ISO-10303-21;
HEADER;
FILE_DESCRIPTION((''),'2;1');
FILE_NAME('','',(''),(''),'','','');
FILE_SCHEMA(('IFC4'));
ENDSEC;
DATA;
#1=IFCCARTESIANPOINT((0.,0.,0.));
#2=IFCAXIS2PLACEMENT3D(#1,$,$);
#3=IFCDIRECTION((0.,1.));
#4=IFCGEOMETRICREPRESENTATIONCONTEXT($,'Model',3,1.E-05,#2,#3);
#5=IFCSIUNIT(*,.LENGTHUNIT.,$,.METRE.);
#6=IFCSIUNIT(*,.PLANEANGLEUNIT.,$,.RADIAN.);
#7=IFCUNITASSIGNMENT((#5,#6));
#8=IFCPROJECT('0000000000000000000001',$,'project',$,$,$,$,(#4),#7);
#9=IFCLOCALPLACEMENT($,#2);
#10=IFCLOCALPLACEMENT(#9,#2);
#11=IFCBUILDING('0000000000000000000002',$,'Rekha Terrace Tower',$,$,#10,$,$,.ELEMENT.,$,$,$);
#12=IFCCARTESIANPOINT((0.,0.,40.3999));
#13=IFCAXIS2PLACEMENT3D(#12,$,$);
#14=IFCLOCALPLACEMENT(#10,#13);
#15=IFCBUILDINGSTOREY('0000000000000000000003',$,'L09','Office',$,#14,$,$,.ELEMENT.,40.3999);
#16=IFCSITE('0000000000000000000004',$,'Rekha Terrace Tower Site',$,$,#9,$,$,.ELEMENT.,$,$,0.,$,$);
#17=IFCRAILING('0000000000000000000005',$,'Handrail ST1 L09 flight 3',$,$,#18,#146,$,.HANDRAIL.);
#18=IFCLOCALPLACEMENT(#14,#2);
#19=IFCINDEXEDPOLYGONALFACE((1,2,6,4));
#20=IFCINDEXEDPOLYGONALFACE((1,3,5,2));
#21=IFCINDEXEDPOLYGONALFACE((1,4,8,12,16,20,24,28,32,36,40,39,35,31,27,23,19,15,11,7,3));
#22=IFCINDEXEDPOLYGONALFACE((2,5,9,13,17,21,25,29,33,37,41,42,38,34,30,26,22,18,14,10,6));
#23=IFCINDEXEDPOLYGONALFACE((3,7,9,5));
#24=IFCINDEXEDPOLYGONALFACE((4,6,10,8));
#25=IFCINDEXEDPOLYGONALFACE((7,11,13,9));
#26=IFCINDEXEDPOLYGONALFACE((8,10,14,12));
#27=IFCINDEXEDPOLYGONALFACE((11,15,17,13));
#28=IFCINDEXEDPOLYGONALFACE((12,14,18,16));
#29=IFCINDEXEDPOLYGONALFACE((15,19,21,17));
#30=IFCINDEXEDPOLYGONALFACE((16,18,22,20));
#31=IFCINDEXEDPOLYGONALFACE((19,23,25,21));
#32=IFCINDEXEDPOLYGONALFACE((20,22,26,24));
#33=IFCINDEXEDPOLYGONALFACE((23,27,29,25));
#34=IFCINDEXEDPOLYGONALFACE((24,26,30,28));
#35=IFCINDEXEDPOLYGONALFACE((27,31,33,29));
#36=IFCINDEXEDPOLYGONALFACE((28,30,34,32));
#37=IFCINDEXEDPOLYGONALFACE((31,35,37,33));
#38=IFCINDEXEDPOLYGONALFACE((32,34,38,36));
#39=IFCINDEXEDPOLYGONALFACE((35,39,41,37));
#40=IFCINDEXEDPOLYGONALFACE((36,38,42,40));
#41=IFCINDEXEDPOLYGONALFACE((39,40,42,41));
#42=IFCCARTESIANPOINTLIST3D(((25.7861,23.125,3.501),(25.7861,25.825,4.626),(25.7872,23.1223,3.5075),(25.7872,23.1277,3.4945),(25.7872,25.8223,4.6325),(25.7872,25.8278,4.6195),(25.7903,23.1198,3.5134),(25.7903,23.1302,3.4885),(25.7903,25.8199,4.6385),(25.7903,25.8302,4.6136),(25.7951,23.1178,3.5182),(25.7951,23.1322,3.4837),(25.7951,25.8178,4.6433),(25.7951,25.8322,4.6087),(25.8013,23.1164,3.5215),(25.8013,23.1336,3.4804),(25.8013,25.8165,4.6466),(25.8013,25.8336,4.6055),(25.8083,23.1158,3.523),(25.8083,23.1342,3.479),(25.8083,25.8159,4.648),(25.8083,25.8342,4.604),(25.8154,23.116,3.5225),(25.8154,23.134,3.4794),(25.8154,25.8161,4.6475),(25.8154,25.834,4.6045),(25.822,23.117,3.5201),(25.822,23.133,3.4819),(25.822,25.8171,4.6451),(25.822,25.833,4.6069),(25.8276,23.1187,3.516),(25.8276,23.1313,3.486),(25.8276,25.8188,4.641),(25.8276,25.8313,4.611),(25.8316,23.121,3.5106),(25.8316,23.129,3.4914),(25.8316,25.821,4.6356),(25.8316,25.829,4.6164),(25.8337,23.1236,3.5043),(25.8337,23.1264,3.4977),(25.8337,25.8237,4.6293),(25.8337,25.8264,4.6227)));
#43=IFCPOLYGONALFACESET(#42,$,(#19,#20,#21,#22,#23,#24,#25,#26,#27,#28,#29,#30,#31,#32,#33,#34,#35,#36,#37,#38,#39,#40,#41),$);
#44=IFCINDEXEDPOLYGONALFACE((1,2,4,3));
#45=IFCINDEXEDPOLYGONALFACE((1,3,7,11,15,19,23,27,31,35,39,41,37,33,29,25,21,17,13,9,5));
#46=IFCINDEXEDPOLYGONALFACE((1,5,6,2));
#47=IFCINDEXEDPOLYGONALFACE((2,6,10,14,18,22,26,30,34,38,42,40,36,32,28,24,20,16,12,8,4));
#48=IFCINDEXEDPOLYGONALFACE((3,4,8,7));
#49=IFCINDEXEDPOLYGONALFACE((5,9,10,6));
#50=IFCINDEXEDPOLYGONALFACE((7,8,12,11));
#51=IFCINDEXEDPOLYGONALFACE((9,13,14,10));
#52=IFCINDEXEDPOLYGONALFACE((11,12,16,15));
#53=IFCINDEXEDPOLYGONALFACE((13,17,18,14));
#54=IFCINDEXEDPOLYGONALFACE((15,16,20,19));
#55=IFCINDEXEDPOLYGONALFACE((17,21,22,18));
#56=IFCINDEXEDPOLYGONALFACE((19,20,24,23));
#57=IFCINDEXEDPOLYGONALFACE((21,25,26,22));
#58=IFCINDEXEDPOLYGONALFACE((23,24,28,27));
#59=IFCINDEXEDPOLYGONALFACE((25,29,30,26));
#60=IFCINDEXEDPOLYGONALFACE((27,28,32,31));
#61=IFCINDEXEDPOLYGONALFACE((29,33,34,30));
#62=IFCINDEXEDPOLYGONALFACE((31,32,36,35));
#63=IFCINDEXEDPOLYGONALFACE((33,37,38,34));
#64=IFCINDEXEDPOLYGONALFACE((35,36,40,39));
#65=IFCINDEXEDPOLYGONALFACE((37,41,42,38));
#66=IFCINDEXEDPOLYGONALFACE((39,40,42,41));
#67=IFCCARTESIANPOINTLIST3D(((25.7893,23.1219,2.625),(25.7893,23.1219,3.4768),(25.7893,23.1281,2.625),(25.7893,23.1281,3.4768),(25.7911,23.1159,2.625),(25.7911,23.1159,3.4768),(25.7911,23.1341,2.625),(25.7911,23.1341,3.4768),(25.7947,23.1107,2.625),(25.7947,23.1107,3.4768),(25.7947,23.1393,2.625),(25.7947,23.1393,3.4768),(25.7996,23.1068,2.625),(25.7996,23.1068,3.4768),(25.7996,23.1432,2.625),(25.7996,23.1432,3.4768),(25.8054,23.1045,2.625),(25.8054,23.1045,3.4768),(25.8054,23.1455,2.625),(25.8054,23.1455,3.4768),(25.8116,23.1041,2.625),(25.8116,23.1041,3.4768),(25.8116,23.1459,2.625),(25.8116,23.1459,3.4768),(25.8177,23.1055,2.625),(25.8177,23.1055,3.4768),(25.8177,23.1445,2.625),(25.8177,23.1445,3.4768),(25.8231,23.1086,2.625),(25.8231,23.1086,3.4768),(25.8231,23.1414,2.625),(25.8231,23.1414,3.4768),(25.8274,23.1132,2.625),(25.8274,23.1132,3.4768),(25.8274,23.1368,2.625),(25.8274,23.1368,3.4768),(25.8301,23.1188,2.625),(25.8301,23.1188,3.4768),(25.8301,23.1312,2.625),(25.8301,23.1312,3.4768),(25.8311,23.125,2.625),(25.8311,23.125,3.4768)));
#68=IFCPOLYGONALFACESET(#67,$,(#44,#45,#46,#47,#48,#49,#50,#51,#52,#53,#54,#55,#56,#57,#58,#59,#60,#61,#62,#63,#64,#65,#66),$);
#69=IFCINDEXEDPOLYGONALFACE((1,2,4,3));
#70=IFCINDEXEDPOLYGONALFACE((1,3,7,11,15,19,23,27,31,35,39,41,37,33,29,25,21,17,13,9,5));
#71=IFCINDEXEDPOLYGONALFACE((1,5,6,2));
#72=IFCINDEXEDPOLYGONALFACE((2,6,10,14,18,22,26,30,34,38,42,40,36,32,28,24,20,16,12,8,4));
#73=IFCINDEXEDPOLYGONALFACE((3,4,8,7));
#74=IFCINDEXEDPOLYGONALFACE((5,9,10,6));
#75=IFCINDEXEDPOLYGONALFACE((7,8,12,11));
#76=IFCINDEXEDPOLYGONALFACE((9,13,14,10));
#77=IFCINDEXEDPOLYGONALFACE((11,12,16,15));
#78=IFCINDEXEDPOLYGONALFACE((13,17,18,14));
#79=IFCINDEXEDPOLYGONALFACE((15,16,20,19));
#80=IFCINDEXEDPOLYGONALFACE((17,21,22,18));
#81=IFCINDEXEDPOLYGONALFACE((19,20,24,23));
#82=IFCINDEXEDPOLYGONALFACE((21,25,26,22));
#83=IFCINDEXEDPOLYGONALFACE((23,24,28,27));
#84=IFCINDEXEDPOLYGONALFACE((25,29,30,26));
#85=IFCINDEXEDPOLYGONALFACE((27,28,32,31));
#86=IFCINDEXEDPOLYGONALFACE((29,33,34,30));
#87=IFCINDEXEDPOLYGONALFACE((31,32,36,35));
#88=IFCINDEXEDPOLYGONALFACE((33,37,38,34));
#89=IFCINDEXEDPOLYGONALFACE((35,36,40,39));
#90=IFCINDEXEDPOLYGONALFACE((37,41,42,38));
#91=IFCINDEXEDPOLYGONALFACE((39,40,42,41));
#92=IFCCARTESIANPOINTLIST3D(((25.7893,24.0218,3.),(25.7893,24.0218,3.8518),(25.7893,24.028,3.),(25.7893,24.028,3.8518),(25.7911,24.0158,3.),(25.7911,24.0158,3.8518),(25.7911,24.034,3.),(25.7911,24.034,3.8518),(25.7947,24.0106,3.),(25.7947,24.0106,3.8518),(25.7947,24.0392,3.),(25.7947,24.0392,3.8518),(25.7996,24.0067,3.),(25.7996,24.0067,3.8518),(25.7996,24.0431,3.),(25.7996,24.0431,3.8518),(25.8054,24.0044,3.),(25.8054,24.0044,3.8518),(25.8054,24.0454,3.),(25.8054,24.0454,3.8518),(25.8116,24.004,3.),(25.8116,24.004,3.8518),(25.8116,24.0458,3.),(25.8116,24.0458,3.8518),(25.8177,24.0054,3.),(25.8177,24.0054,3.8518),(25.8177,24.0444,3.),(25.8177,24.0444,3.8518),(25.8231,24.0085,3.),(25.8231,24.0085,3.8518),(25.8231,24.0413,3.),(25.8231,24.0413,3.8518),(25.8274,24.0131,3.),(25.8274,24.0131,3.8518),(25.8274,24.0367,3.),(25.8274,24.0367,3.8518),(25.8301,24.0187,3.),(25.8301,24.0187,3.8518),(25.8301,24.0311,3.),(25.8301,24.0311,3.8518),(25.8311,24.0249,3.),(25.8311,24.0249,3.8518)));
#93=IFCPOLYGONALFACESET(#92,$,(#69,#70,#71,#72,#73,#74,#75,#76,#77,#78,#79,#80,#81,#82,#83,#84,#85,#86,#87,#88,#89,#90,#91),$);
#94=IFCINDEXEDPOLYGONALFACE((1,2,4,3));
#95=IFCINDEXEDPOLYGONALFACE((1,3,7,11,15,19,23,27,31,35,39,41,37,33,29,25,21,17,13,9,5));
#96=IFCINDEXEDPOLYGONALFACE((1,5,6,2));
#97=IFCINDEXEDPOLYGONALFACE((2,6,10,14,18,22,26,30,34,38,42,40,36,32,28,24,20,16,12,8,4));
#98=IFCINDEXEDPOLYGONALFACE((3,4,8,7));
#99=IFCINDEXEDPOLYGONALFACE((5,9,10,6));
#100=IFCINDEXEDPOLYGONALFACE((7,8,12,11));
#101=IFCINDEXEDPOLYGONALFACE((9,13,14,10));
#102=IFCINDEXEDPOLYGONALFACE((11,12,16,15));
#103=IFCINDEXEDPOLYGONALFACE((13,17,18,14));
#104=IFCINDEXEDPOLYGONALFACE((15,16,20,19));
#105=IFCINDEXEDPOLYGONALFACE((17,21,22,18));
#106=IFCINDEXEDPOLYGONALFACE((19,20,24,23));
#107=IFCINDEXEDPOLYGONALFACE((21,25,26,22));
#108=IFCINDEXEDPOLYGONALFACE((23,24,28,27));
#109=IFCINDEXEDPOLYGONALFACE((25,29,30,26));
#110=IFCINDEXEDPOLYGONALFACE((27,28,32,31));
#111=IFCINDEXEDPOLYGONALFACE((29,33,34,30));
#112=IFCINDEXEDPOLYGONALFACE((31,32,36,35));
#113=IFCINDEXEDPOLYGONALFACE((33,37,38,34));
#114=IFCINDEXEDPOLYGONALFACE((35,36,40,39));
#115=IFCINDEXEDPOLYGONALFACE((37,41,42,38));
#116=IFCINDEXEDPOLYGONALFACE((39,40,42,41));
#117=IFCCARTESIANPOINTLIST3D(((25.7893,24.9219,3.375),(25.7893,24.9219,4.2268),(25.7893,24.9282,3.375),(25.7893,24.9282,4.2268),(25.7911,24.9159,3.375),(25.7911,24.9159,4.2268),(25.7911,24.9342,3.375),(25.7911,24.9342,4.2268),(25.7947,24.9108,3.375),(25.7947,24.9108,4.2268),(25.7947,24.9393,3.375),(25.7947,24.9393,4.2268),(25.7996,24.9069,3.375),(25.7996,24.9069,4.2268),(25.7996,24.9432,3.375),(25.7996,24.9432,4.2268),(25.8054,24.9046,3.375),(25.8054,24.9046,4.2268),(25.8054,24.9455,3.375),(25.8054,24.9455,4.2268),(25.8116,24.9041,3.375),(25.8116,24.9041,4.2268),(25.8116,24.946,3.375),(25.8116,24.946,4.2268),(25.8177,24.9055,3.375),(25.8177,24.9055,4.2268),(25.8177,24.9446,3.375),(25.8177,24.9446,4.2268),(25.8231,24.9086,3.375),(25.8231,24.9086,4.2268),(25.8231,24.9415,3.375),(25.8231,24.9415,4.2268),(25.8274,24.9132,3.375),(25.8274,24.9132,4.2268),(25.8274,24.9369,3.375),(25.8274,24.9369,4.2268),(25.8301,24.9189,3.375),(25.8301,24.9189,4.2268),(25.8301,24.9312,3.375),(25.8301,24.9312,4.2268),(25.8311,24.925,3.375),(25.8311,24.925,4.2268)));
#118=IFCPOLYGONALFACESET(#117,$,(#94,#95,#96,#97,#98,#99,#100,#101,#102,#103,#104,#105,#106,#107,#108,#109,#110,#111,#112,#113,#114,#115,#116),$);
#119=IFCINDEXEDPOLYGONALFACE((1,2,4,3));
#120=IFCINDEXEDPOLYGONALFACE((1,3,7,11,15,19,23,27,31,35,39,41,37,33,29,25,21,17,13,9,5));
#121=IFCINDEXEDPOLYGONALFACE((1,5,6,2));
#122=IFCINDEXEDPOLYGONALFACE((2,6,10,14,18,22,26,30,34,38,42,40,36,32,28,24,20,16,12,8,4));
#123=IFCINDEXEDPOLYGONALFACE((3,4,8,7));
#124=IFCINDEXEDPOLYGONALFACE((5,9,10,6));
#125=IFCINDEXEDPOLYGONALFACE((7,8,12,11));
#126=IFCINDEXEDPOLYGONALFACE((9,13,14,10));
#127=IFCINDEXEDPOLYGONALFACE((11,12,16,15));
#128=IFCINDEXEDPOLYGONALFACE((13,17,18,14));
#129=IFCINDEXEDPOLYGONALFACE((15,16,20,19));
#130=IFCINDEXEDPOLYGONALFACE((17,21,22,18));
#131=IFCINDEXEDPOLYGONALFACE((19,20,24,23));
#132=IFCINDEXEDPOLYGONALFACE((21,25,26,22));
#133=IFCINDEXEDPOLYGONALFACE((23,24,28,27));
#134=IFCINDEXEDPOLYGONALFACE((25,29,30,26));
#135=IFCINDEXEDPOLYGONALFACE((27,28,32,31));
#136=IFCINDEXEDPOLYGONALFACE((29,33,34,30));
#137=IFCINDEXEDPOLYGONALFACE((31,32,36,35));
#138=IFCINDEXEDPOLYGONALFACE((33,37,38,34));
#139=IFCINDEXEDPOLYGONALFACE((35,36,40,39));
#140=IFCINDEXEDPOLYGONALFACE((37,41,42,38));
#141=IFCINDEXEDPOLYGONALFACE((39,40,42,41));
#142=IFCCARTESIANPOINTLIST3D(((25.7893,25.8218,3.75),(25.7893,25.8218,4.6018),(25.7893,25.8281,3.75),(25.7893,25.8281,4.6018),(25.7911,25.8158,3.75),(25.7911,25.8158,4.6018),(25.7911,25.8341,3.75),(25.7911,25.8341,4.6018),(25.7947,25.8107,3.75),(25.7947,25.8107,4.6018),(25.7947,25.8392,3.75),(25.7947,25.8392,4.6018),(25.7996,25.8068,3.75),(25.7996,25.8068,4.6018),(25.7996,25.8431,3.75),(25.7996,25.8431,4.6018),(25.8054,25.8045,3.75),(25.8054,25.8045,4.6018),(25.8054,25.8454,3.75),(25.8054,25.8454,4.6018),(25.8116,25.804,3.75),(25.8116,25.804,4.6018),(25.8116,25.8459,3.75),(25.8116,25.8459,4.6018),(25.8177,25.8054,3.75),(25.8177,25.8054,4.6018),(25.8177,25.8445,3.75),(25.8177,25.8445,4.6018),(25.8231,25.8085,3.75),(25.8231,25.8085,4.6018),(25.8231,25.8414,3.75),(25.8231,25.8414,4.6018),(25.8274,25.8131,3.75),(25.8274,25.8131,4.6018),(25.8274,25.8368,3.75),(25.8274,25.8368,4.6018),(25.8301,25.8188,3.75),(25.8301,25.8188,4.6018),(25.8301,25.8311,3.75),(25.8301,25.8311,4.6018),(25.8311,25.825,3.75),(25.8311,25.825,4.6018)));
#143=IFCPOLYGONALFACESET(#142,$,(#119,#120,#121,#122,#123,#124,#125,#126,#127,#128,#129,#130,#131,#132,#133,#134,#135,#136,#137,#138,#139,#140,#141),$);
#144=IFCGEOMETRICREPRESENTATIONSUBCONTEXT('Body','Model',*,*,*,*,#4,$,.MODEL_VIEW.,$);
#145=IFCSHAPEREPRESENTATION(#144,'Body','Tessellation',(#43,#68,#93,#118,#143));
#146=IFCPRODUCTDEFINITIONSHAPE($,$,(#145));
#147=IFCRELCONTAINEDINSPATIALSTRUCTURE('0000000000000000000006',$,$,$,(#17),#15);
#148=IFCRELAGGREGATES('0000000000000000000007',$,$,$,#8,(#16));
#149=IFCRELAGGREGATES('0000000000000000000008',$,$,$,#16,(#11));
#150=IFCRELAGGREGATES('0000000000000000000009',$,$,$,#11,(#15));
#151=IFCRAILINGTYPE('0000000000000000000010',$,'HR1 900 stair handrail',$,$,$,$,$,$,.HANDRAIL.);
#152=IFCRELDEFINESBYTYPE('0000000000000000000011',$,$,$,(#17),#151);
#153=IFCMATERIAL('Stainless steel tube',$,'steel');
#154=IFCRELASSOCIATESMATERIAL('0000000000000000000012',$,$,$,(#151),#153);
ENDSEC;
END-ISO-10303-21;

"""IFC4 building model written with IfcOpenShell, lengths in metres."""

from ifc_helpers import new_model, si_unit, direction, frame, origin, origin_2d, place, context, subcontext, project, spatial, circle, extrude, material, type_object, element, save


model = new_model("IFC4")

# Units and contexts
model_context = context("Model", 3, precision=1e-05, world=origin(), true_north=direction((0.0, 1.0)))
body_context = subcontext(model_context, "Body", "Model", "MODEL_VIEW")
ifc_project = project(units=[si_unit("LENGTHUNIT", "METRE"), si_unit("PLANEANGLEUNIT", "RADIAN")], contexts=[model_context])

# Site, building, storey
site_placement = place(None, origin())
site = spatial("IfcSite", under=ifc_project, at=site_placement, Name="Rekha Terrace Tower Site", CompositionType="ELEMENT", RefElevation=0.0)
building_placement = place(site_placement, origin())
building = spatial("IfcBuilding", under=site, at=building_placement, Name="Rekha Terrace Tower", CompositionType="ELEMENT")
storey_placement = place(building_placement, frame((0.0, 0.0, 40.3999)))
storey = spatial("IfcBuildingStorey", under=building, at=storey_placement, Name="L09", Description="Office", CompositionType="ELEMENT", Elevation=40.3999)

# Railing
ifc_material_1 = material(Name="Stainless steel tube", Category="steel")
railing_type_1 = type_object("IfcRailingType", Name="HR1 900 stair handrail", PredefinedType="HANDRAIL", material=ifc_material_1)
railing_1_placement = place(storey_placement, frame((25.8101, 23.125, 2.625)))
element("IfcRailing", 1, at=railing_1_placement, inside=storey, type_object=railing_type_1, Name="Handrail ST1 L09 flight 3", PredefinedType="HANDRAIL", context=body_context, shape_type="SweptSolid", body=[
    extrude(circle(Radius=0.0239, at=origin_2d()), frame((0.0, 0.0, 0.876), z_axis=(0.0, 0.923074, 0.384621), x_axis=(-1.0, 0.0, 0.0)), (0.0, 0.0, 1.0), 2.925),
    extrude(circle(Radius=0.021, at=origin_2d()), origin(), (0.0, 0.0, 1.0), 0.8518),
    extrude(circle(Radius=0.021, at=origin_2d()), frame((0.0, 0.8999, 0.375)), (0.0, 0.0, 1.0), 0.8518),
    extrude(circle(Radius=0.021, at=origin_2d()), frame((0.0, 1.8, 0.75)), (0.0, 0.0, 1.0), 0.8518),
    extrude(circle(Radius=0.021, at=origin_2d()), frame((0.0, 2.7, 1.125)), (0.0, 0.0, 1.0), 0.8518),
])

save(model, "model.ifc")
